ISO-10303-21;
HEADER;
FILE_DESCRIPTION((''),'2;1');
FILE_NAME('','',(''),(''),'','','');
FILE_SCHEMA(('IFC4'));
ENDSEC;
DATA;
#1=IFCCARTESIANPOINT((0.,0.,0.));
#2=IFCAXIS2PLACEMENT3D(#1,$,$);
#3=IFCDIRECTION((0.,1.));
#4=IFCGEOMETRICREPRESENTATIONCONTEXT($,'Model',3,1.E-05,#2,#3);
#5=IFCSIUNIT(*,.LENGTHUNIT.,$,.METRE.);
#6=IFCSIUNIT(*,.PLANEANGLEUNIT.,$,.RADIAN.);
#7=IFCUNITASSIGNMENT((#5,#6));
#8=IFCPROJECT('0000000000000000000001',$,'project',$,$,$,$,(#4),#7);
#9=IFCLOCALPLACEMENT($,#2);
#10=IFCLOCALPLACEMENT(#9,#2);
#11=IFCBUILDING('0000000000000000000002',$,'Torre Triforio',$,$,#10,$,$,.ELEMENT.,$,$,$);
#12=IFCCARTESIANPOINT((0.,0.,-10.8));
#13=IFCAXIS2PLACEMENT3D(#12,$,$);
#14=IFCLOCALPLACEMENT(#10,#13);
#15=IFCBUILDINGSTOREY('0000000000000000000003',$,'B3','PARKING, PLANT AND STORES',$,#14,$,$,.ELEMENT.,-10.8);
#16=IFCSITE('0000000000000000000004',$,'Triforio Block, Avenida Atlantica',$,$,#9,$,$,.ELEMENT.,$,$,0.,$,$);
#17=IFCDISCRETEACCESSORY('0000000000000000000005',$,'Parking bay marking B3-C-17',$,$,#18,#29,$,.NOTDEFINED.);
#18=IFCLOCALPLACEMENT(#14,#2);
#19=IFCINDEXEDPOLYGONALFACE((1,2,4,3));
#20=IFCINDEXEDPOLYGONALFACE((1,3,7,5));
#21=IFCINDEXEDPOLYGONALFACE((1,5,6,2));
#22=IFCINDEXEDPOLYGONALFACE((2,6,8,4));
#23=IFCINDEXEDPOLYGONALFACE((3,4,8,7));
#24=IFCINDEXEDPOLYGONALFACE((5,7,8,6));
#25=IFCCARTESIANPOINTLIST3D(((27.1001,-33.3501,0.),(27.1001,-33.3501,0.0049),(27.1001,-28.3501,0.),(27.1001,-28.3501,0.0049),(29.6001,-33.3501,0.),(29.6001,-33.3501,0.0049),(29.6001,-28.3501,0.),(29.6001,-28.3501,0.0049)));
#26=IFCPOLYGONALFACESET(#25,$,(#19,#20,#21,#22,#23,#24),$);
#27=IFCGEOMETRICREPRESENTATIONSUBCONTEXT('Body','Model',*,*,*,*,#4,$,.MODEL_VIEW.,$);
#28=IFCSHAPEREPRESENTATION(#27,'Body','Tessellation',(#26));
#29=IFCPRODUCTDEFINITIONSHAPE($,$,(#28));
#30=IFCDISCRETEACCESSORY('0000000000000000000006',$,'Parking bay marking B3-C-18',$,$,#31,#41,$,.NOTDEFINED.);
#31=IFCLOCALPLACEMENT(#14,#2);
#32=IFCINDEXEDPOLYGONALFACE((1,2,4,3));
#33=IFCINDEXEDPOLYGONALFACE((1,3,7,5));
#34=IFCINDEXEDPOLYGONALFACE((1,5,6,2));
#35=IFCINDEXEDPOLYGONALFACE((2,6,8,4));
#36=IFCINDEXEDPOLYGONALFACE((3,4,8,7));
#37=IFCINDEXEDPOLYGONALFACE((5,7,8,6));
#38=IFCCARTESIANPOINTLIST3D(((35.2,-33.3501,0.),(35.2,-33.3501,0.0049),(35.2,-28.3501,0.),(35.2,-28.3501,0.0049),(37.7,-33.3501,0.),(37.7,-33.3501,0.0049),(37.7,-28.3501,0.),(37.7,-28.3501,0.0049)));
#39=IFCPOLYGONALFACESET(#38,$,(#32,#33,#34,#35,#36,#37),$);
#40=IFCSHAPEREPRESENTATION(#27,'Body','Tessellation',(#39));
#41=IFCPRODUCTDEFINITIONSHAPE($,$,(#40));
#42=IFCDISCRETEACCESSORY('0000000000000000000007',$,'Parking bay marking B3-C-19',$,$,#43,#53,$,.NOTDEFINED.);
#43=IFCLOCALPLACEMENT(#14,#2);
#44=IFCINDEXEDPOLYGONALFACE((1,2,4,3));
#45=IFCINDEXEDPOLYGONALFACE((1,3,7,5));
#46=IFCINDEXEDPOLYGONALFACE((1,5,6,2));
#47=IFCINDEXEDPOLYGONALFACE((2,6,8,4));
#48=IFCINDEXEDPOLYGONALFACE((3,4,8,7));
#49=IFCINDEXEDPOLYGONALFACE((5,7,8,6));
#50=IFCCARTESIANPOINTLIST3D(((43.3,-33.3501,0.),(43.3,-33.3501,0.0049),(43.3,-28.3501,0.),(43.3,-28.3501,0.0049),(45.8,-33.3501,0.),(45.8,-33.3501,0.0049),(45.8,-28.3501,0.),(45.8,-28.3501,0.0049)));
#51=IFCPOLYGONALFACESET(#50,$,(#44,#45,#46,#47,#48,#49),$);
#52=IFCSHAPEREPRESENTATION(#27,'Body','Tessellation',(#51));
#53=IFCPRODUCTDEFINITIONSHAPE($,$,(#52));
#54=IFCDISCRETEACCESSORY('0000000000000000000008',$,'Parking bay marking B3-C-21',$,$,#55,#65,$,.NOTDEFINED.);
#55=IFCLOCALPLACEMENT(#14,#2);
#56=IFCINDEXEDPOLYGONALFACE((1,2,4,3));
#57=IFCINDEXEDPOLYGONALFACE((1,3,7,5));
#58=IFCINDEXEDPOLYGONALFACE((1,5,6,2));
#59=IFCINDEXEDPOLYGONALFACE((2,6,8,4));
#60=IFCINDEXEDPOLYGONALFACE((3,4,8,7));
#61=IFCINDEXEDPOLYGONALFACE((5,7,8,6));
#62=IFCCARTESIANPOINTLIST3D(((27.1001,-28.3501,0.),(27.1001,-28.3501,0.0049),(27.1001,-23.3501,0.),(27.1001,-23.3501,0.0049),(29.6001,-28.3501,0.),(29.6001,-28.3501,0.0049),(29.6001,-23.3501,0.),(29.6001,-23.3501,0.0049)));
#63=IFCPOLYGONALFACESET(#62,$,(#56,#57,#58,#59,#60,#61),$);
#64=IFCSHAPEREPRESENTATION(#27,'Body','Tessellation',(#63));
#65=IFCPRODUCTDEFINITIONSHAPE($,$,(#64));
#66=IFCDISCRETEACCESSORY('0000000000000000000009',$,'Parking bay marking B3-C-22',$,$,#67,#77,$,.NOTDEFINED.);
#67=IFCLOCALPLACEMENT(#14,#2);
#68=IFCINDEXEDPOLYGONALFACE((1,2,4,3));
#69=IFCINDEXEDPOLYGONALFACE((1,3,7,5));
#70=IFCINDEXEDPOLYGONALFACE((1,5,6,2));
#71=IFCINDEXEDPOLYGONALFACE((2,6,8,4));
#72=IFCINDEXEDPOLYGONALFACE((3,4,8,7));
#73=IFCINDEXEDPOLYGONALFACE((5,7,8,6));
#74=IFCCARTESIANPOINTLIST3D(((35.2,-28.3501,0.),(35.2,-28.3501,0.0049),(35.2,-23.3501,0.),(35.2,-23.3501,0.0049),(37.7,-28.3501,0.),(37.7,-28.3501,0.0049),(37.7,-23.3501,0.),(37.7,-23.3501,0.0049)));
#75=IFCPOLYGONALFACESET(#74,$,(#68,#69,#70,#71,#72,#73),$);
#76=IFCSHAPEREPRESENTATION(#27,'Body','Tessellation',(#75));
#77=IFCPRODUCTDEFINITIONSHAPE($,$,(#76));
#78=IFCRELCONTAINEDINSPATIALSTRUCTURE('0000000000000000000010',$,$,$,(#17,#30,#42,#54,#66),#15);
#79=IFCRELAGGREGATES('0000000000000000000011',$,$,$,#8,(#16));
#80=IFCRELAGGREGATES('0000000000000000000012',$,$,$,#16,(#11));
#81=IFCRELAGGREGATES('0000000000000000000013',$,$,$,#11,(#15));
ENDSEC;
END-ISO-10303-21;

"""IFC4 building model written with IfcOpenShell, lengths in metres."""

from ifc_helpers import new_model, si_unit, direction, frame, origin, origin_2d, place, context, subcontext, project, spatial, rectangle, extrude, element, save


model = new_model("IFC4")

# Units and contexts
model_context = context("Model", 3, precision=1e-05, world=origin(), true_north=direction((0.0, 1.0)))
body_context = subcontext(model_context, "Body", "Model", "MODEL_VIEW")
ifc_project = project(units=[si_unit("LENGTHUNIT", "METRE"), si_unit("PLANEANGLEUNIT", "RADIAN")], contexts=[model_context])

# Site, building, storey
site_placement = place(None, origin())
site = spatial("IfcSite", under=ifc_project, at=site_placement, Name="Triforio Block, Avenida Atlantica", CompositionType="ELEMENT", RefElevation=0.0)
building_placement = place(site_placement, origin())
building = spatial("IfcBuilding", under=site, at=building_placement, Name="Torre Triforio", CompositionType="ELEMENT")
storey_placement = place(building_placement, frame((0.0, 0.0, -10.8)))
storey = spatial("IfcBuildingStorey", under=building, at=storey_placement, Name="B3", Description="PARKING, PLANT AND STORES", CompositionType="ELEMENT", Elevation=-10.8)

# Discrete accessories
for number, where, z_axis, x_axis, name in (
    (1, (28.3501, -30.8501, 0.0), (0.0, 0.0, 1.0), (1.0, 0.0, 0.0), "Parking bay marking B3-C-17"),
    (2, (36.45, -30.8501, 0.0), (0.0, 0.0, 1.0), (1.0, 0.0, 0.0), "Parking bay marking B3-C-18"),
    (3, (44.55, -30.8501, 0.0), (0.0, 0.0, 1.0), (1.0, 0.0, 0.0), "Parking bay marking B3-C-19"),
    (4, (28.3501, -25.8501, 0.0), (0.0, 0.0, 1.0), (1.0, 0.0, 0.0), "Parking bay marking B3-C-21"),
    (5, (36.45, -25.8501, 0.0), (0.0, 0.0, 1.0), (1.0, 0.0, 0.0), "Parking bay marking B3-C-22"),
):
    element("IfcDiscreteAccessory", number, at=place(storey_placement, frame(where, z_axis=z_axis, x_axis=x_axis)), inside=storey, Name=name, PredefinedType="NOTDEFINED", context=body_context, shape_type="SweptSolid", body=[
        extrude(rectangle(XDim=2.5, YDim=5.0, at=origin_2d()), origin(), (0.0, 0.0, 1.0), 0.0049),
    ])

save(model, "model.ifc")
